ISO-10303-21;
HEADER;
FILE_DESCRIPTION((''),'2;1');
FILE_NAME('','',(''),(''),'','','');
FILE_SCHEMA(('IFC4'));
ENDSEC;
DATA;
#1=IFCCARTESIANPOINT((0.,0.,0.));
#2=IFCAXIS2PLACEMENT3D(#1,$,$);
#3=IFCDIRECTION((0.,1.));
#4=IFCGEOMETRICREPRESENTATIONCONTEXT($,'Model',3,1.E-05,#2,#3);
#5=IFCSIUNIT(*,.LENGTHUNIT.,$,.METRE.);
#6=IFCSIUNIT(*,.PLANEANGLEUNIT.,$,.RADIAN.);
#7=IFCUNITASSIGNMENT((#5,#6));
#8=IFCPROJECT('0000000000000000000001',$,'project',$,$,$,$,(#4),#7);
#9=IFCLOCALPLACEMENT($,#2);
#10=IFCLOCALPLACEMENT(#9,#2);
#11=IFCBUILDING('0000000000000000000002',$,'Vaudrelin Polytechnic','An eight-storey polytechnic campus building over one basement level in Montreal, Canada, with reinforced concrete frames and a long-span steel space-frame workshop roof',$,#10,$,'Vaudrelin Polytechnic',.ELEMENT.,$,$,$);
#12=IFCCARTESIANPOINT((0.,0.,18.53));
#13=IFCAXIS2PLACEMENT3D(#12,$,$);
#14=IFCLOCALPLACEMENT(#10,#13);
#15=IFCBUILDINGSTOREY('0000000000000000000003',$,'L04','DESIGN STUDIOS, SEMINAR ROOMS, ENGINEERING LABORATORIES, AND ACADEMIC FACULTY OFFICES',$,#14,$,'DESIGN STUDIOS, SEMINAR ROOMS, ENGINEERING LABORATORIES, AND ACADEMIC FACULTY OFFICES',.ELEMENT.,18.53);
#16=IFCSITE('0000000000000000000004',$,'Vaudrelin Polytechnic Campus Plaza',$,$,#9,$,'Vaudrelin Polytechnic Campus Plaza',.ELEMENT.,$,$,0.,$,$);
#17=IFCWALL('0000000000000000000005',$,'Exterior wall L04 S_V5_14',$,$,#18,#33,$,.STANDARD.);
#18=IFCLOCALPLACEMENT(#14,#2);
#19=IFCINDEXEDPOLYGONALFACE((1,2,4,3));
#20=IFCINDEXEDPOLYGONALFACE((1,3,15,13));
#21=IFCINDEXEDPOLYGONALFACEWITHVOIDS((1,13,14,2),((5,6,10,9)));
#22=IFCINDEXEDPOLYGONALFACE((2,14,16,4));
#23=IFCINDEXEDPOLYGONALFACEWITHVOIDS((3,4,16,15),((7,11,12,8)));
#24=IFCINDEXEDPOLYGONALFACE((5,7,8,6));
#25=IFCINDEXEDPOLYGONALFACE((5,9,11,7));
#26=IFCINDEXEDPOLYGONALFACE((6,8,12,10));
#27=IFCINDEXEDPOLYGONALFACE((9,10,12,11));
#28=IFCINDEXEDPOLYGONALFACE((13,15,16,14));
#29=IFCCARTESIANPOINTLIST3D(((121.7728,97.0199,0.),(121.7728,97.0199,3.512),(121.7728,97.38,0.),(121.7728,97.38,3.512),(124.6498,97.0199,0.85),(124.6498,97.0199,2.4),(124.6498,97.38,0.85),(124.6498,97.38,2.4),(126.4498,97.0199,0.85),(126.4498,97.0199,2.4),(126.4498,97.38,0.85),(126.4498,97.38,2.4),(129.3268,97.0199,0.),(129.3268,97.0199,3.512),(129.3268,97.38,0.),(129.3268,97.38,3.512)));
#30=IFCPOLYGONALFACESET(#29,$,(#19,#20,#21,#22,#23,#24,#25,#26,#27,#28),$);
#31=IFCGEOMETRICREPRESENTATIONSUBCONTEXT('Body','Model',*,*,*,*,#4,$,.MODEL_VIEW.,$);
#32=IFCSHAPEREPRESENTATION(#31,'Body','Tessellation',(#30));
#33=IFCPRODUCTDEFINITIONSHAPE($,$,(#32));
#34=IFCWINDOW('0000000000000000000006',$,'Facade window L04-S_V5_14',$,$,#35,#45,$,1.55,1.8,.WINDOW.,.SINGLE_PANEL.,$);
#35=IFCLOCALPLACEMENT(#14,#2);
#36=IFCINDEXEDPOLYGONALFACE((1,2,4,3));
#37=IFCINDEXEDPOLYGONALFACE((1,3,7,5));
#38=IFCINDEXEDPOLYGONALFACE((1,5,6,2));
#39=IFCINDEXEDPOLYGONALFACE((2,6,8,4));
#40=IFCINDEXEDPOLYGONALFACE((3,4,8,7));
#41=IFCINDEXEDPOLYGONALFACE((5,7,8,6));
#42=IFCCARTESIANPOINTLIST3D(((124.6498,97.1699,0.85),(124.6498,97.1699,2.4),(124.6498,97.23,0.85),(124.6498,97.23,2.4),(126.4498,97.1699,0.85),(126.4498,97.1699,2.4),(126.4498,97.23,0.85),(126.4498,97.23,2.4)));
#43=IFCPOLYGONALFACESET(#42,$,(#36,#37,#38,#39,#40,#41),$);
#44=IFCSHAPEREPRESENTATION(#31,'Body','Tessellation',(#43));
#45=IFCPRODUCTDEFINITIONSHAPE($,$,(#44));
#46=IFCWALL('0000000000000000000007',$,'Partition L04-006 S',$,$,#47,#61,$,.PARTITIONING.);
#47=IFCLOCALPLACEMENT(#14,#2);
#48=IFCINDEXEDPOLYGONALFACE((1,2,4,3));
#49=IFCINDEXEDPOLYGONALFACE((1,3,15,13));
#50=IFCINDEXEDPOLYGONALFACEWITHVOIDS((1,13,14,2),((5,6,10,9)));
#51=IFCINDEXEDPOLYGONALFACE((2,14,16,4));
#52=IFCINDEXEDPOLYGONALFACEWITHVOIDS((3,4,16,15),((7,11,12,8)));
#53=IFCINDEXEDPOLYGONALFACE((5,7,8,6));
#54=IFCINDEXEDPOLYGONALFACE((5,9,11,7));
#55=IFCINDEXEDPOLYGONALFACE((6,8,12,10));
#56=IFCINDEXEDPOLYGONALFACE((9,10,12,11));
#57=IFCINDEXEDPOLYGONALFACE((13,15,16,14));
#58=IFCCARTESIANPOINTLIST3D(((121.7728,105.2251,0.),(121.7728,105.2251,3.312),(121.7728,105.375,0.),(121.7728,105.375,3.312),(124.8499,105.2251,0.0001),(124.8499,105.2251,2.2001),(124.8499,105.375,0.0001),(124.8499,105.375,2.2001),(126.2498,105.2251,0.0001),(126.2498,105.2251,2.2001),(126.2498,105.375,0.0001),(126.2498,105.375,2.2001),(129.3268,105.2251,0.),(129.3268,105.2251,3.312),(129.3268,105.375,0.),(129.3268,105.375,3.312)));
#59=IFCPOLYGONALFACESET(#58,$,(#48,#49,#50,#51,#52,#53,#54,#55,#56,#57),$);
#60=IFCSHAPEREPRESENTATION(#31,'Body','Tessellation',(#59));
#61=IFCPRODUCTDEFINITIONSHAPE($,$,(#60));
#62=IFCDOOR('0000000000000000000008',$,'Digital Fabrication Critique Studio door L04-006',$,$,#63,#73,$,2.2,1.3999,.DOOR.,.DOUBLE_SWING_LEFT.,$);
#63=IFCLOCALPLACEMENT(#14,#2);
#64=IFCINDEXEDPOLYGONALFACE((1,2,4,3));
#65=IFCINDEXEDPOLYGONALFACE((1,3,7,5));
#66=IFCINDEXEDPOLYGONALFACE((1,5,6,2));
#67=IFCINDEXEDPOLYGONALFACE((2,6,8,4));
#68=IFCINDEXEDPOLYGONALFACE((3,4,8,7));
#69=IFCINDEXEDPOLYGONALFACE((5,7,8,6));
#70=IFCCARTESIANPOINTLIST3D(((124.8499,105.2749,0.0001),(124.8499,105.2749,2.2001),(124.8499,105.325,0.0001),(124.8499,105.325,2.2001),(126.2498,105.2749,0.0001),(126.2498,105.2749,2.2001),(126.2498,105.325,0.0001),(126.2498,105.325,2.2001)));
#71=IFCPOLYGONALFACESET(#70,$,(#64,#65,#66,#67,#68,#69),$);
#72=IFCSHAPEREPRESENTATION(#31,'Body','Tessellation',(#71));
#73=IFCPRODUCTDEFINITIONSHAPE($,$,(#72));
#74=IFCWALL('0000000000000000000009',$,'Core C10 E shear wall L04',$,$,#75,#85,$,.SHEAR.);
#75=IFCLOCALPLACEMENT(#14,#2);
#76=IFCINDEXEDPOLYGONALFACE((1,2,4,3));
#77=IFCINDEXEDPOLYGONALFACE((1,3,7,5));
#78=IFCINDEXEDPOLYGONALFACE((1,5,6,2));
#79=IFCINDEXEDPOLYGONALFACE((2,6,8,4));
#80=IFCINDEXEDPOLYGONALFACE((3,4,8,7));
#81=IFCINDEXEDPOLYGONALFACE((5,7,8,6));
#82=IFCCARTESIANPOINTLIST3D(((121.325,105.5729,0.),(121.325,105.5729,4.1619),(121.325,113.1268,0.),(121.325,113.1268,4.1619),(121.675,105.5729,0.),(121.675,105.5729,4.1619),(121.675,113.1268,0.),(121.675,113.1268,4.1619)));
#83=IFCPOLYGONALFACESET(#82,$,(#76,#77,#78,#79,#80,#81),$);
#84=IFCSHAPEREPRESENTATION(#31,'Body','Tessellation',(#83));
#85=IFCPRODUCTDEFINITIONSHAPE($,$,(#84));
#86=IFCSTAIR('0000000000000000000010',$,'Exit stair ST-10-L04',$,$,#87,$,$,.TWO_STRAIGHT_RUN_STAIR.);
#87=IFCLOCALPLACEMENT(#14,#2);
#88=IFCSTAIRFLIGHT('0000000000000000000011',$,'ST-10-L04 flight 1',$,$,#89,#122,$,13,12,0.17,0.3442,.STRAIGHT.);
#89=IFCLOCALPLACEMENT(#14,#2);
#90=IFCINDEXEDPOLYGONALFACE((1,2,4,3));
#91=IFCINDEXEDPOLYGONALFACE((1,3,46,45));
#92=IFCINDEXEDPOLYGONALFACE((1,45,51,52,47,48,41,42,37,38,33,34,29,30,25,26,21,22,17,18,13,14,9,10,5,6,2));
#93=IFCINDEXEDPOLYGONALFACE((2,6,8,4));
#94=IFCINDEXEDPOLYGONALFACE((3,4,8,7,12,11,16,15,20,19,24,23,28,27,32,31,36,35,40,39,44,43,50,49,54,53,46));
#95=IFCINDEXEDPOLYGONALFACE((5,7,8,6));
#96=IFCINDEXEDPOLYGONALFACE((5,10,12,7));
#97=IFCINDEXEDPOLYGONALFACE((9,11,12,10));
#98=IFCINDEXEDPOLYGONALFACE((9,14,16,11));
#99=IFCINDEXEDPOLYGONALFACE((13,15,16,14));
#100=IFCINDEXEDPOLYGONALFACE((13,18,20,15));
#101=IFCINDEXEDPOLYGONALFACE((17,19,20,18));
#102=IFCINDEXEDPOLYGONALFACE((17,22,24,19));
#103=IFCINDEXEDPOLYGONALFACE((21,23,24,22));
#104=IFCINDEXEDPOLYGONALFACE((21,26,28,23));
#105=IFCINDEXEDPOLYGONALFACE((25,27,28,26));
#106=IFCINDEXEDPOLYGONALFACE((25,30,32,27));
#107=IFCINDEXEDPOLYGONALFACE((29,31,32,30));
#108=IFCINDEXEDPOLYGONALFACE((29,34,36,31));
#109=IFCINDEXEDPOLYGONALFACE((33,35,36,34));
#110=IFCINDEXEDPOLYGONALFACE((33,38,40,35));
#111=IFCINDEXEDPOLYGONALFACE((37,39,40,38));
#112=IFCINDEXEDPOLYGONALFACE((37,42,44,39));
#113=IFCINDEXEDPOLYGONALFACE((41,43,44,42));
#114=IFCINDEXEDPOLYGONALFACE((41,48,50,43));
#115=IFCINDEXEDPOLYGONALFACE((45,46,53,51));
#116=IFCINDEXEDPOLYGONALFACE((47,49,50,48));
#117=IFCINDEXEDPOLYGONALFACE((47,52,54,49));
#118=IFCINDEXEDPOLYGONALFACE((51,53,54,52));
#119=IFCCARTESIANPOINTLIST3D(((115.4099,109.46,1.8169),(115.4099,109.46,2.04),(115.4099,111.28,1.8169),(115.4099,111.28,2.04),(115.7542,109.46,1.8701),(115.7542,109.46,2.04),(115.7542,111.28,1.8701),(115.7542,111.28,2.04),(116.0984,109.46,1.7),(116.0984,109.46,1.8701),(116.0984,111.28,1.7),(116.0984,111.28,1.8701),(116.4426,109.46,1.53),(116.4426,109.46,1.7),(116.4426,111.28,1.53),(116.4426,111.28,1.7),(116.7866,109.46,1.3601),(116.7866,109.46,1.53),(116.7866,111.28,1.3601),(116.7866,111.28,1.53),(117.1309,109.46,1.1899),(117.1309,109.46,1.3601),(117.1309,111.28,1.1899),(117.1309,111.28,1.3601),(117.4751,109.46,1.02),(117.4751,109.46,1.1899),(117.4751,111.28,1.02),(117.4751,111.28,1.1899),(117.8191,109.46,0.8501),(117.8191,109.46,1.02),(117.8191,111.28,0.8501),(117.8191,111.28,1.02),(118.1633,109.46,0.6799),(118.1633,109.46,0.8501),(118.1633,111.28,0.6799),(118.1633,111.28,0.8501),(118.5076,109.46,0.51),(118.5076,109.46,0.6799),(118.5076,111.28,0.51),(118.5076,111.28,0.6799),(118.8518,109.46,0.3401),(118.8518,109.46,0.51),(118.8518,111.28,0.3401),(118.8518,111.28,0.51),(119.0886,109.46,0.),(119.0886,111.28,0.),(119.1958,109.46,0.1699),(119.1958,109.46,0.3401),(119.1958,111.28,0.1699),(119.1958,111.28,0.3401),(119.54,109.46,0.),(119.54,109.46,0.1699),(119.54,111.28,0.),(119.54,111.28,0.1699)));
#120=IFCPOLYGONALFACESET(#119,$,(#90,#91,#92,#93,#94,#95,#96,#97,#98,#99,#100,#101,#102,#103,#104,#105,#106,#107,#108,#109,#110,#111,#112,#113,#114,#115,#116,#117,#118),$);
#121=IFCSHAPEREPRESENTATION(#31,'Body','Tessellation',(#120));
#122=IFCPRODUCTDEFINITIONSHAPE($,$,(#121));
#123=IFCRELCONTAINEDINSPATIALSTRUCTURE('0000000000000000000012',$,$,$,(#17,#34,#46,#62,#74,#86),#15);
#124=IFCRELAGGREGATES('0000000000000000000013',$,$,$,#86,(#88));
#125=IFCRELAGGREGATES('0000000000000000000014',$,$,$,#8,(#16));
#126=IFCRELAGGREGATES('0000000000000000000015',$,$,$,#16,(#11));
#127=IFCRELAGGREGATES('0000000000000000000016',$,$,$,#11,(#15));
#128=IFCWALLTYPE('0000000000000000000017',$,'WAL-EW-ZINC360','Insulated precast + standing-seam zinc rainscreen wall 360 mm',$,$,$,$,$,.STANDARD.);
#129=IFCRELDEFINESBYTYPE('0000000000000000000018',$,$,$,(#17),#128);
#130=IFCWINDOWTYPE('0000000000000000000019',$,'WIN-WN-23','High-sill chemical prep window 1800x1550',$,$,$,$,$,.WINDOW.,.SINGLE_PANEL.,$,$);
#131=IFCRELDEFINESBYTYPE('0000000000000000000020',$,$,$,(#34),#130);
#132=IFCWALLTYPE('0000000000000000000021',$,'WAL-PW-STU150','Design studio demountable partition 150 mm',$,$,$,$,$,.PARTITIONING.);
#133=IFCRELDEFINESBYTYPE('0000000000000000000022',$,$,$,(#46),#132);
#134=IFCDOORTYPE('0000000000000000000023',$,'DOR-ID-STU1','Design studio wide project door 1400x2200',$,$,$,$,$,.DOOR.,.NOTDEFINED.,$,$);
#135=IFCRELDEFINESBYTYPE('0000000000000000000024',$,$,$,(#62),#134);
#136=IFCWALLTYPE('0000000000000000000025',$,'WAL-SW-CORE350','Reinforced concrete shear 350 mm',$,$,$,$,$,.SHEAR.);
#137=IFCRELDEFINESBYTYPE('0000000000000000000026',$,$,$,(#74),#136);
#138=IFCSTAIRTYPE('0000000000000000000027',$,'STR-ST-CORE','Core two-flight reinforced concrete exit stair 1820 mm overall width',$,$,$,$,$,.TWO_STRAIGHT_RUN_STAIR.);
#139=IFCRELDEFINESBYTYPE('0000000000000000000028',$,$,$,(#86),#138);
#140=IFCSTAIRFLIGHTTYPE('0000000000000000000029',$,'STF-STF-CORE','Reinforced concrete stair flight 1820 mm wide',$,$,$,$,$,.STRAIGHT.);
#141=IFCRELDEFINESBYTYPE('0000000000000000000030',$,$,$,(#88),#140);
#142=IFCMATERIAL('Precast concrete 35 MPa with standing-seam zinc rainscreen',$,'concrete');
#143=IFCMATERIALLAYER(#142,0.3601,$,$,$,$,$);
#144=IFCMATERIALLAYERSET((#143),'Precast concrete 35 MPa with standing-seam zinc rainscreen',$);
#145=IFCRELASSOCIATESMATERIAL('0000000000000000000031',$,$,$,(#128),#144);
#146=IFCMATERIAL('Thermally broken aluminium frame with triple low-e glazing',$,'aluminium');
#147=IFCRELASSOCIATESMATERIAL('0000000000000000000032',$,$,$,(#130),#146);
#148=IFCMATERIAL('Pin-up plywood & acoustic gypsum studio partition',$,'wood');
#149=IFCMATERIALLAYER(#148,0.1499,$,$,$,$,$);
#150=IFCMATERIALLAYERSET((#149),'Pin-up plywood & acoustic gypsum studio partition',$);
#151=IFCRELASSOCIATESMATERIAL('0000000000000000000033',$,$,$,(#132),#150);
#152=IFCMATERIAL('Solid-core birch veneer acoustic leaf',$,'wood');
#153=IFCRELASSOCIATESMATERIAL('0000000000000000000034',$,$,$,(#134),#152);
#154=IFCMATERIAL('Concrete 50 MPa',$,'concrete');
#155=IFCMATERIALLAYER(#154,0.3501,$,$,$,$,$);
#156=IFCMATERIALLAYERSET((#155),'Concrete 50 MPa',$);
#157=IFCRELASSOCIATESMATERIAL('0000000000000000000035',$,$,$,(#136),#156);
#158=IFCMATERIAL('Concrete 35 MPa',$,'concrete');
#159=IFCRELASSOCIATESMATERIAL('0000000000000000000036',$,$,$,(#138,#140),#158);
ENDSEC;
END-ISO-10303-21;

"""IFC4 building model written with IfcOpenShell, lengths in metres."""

from ifc_helpers import new_model, si_unit, direction, frame, frame_2d, origin, place, context, subcontext, project, spatial, polyline, rectangle, outline, extrude, material, layer, layer_set, type_object, element, fill, aggregate, save


model = new_model("IFC4")

# Units and contexts
model_context = context("Model", 3, precision=1e-05, world=origin(), true_north=direction((0.0, 1.0)))
body_context = subcontext(model_context, "Body", "Model", "MODEL_VIEW")
ifc_project = project(units=[si_unit("LENGTHUNIT", "METRE"), si_unit("PLANEANGLEUNIT", "RADIAN")], contexts=[model_context])

# Site, building, storey
site_placement = place(None, origin())
site = spatial("IfcSite", under=ifc_project, at=site_placement, Name="Vaudrelin Polytechnic Campus Plaza", LongName="Vaudrelin Polytechnic Campus Plaza", CompositionType="ELEMENT", RefElevation=0.0)
building_placement = place(site_placement, origin())
building = spatial("IfcBuilding", under=site, at=building_placement, Name="Vaudrelin Polytechnic", Description="An eight-storey polytechnic campus building over one basement level in Montreal, Canada, with reinforced concrete frames and a long-span steel space-frame workshop roof", LongName="Vaudrelin Polytechnic", CompositionType="ELEMENT")
storey_placement = place(building_placement, frame((0.0, 0.0, 18.53)))
storey = spatial("IfcBuildingStorey", under=building, at=storey_placement, Name="L04", Description="DESIGN STUDIOS, SEMINAR ROOMS, ENGINEERING LABORATORIES, AND ACADEMIC FACULTY OFFICES", LongName="DESIGN STUDIOS, SEMINAR ROOMS, ENGINEERING LABORATORIES, AND ACADEMIC FACULTY OFFICES", CompositionType="ELEMENT", Elevation=18.53)

# Shared definitions
ifc_material_1 = material(Name="Concrete 50 MPa", Category="concrete")

# Wall, opening, window
ifc_material_2 = material(Name="Precast concrete 35 MPa with standing-seam zinc rainscreen", Category="concrete")
ifc_layer_1 = layer(ifc_material_2, 0.3601)
ifc_layer_set_1 = layer_set([ifc_layer_1], Name="Precast concrete 35 MPa with standing-seam zinc rainscreen")
wall_type_1 = type_object("IfcWallType", Name="WAL-EW-ZINC360", Description="Insulated precast + standing-seam zinc rainscreen wall 360 mm", PredefinedType="STANDARD", material=ifc_layer_set_1)
wall_1_placement = place(storey_placement, frame((121.7729, 97.2, 0.0), z_axis=(0.0, 0.0, 1.0), x_axis=(1.0, 0.0, 0.0)))
wall_1 = element("IfcWall", 1, at=wall_1_placement, inside=storey, type_object=wall_type_1, Name="Exterior wall L04 S_V5_14", PredefinedType="STANDARD", context=body_context, shape_type="SweptSolid", body=[
    extrude(rectangle(XDim=7.554, YDim=0.3601, at=frame_2d((3.7769, 0.0))), origin(), (0.0, 0.0, 1.0), 3.512),
])
opening_1_placement = place(wall_1_placement, frame((2.877, 0.0, 0.8501)))
opening_1 = element("IfcOpeningElement", 2, at=opening_1_placement, cuts=wall_1, PredefinedType="OPENING", context=body_context, shape_type="SweptSolid", body=[
    extrude(rectangle(XDim=1.8, YDim=1.55, at=frame_2d((0.8999, 0.7749))), frame((0.0, 0.1899, 0.0), z_axis=(0.0, -1.0, 0.0), x_axis=(1.0, 0.0, 0.0)), (0.0, 0.0, 1.0), 0.3801),
])
ifc_material_3 = material(Name="Thermally broken aluminium frame with triple low-e glazing", Category="aluminium")
window_type = type_object("IfcWindowType", Name="WIN-WN-23", Description="High-sill chemical prep window 1800x1550", PartitioningType="SINGLE_PANEL", PredefinedType="WINDOW", material=ifc_material_3)
window_placement = place(opening_1_placement, origin())
window = element("IfcWindow", 3, at=window_placement, inside=storey, type_object=window_type, Name="Facade window L04-S_V5_14", OverallHeight=1.55, OverallWidth=1.8, PartitioningType="SINGLE_PANEL", PredefinedType="WINDOW", context=body_context, shape_type="SweptSolid", body=[
    extrude(rectangle(XDim=1.8, YDim=1.55, at=frame_2d((0.8999, 0.7749))), frame((0.0, 0.03, 0.0), z_axis=(0.0, -1.0, 0.0), x_axis=(1.0, 0.0, 0.0)), (0.0, 0.0, 1.0), 0.0601),
])
fill(opening_1, window)

# Wall, opening, door
ifc_material_4 = material(Name="Pin-up plywood & acoustic gypsum studio partition", Category="wood")
ifc_layer_2 = layer(ifc_material_4, 0.1499)
ifc_layer_set_2 = layer_set([ifc_layer_2], Name="Pin-up plywood & acoustic gypsum studio partition")
wall_type_2 = type_object("IfcWallType", Name="WAL-PW-STU150", Description="Design studio demountable partition 150 mm", PredefinedType="PARTITIONING", material=ifc_layer_set_2)
wall_2_placement = place(storey_placement, frame((121.7729, 105.3, 0.0), z_axis=(0.0, 0.0, 1.0), x_axis=(1.0, 0.0, 0.0)))
wall_2 = element("IfcWall", 4, at=wall_2_placement, inside=storey, type_object=wall_type_2, Name="Partition L04-006 S", PredefinedType="PARTITIONING", context=body_context, shape_type="SweptSolid", body=[
    extrude(rectangle(XDim=7.554, YDim=0.1499, at=frame_2d((3.7769, 0.0))), origin(), (0.0, 0.0, 1.0), 3.312),
])
opening_2_placement = place(wall_2_placement, frame((3.0769, 0.0, 0.0)))
opening_2 = element("IfcOpeningElement", 5, at=opening_2_placement, cuts=wall_2, PredefinedType="OPENING", context=body_context, shape_type="SweptSolid", body=[
    extrude(rectangle(XDim=1.3999, YDim=2.2, at=frame_2d((0.7, 1.1001))), frame((0.0, 0.085, 0.0), z_axis=(0.0, -1.0, 0.0), x_axis=(1.0, 0.0, 0.0)), (0.0, 0.0, 1.0), 0.1699),
])
ifc_material_5 = material(Name="Solid-core birch veneer acoustic leaf", Category="wood")
door_type = type_object("IfcDoorType", Name="DOR-ID-STU1", Description="Design studio wide project door 1400x2200", OperationType="NOTDEFINED", PredefinedType="DOOR", material=ifc_material_5)
door_placement = place(opening_2_placement, origin())
door = element("IfcDoor", 6, at=door_placement, inside=storey, type_object=door_type, Name="Digital Fabrication Critique Studio door L04-006", OperationType="DOUBLE_SWING_LEFT", OverallHeight=2.2, OverallWidth=1.3999, PredefinedType="DOOR", context=body_context, shape_type="SweptSolid", body=[
    extrude(rectangle(XDim=1.3999, YDim=2.2, at=frame_2d((0.7, 1.1001))), frame((0.0, 0.0249, 0.0), z_axis=(0.0, -1.0, 0.0), x_axis=(1.0, 0.0, 0.0)), (0.0, 0.0, 1.0), 0.05),
])
fill(opening_2, door)

# Wall
ifc_layer_3 = layer(ifc_material_1, 0.3501)
ifc_layer_set_3 = layer_set([ifc_layer_3], Name="Concrete 50 MPa")
wall_type_3 = type_object("IfcWallType", Name="WAL-SW-CORE350", Description="Reinforced concrete shear 350 mm", PredefinedType="SHEAR", material=ifc_layer_set_3)
wall_3_placement = place(storey_placement, frame((121.5, 105.573, 0.0), z_axis=(0.0, 0.0, 1.0), x_axis=(0.0, 1.0, 0.0)))
element("IfcWall", 7, at=wall_3_placement, inside=storey, type_object=wall_type_3, Name="Core C10 E shear wall L04", PredefinedType="SHEAR", context=body_context, shape_type="SweptSolid", body=[
    extrude(rectangle(XDim=7.554, YDim=0.3501, at=frame_2d((3.7769, 0.0))), origin(), (0.0, 0.0, 1.0), 4.1619),
])

# Stair, stair flight
ifc_material_6 = material(Name="Concrete 35 MPa", Category="concrete")
stair_type = type_object("IfcStairType", Name="STR-ST-CORE", Description="Core two-flight reinforced concrete exit stair 1820 mm overall width", PredefinedType="TWO_STRAIGHT_RUN_STAIR", material=ifc_material_6)
stair_placement = place(storey_placement, origin())
stair = element("IfcStair", 8, at=stair_placement, inside=storey, type_object=stair_type, Name="Exit stair ST-10-L04", PredefinedType="TWO_STRAIGHT_RUN_STAIR")
stair_flight_type = type_object("IfcStairFlightType", Name="STF-STF-CORE", Description="Reinforced concrete stair flight 1820 mm wide", PredefinedType="STRAIGHT", material=ifc_material_6)
stair_flight_placement = place(storey_placement, frame((119.54, 110.3701, 0.0), z_axis=(0.0, 0.0, 1.0), x_axis=(-1.0, 0.0, 0.0)))
stair_flight = element("IfcStairFlight", 9, at=stair_flight_placement, type_object=stair_flight_type, Name="ST-10-L04 flight 1", NumberOfRisers=13, NumberOfTreads=12, PredefinedType="STRAIGHT", RiserHeight=0.17, TreadLength=0.3442, context=body_context, shape_type="SweptSolid", body=[
    extrude(outline(polyline([(0.0, 0.0), (0.0, 0.1699), (0.3442, 0.1699), (0.3442, 0.3401), (0.6882, 0.3401), (0.6882, 0.51), (1.0325, 0.51), (1.0325, 0.6799), (1.3767, 0.6799), (1.3767, 0.8501), (1.7209, 0.8501), (1.7209, 1.02), (2.0649, 1.02), (2.0649, 1.1899), (2.4092, 1.1899), (2.4092, 1.3601), (2.7534, 1.3601), (2.7534, 1.53), (3.0974, 1.53), (3.0974, 1.7), (3.4417, 1.7), (3.4417, 1.8701), (3.7859, 1.8701), (3.7859, 2.04), (4.1301, 2.04), (4.1301, 2.21), (4.1301, 1.8169), (0.4514, 0.0), (0.0, 0.0)])), frame((0.0, 0.9102, 0.0), z_axis=(0.0, -1.0, 0.0), x_axis=(1.0, 0.0, 0.0)), (0.0, 0.0, 1.0), 1.8201),
])
aggregate(stair, [stair_flight])

save(model, "model.ifc")
